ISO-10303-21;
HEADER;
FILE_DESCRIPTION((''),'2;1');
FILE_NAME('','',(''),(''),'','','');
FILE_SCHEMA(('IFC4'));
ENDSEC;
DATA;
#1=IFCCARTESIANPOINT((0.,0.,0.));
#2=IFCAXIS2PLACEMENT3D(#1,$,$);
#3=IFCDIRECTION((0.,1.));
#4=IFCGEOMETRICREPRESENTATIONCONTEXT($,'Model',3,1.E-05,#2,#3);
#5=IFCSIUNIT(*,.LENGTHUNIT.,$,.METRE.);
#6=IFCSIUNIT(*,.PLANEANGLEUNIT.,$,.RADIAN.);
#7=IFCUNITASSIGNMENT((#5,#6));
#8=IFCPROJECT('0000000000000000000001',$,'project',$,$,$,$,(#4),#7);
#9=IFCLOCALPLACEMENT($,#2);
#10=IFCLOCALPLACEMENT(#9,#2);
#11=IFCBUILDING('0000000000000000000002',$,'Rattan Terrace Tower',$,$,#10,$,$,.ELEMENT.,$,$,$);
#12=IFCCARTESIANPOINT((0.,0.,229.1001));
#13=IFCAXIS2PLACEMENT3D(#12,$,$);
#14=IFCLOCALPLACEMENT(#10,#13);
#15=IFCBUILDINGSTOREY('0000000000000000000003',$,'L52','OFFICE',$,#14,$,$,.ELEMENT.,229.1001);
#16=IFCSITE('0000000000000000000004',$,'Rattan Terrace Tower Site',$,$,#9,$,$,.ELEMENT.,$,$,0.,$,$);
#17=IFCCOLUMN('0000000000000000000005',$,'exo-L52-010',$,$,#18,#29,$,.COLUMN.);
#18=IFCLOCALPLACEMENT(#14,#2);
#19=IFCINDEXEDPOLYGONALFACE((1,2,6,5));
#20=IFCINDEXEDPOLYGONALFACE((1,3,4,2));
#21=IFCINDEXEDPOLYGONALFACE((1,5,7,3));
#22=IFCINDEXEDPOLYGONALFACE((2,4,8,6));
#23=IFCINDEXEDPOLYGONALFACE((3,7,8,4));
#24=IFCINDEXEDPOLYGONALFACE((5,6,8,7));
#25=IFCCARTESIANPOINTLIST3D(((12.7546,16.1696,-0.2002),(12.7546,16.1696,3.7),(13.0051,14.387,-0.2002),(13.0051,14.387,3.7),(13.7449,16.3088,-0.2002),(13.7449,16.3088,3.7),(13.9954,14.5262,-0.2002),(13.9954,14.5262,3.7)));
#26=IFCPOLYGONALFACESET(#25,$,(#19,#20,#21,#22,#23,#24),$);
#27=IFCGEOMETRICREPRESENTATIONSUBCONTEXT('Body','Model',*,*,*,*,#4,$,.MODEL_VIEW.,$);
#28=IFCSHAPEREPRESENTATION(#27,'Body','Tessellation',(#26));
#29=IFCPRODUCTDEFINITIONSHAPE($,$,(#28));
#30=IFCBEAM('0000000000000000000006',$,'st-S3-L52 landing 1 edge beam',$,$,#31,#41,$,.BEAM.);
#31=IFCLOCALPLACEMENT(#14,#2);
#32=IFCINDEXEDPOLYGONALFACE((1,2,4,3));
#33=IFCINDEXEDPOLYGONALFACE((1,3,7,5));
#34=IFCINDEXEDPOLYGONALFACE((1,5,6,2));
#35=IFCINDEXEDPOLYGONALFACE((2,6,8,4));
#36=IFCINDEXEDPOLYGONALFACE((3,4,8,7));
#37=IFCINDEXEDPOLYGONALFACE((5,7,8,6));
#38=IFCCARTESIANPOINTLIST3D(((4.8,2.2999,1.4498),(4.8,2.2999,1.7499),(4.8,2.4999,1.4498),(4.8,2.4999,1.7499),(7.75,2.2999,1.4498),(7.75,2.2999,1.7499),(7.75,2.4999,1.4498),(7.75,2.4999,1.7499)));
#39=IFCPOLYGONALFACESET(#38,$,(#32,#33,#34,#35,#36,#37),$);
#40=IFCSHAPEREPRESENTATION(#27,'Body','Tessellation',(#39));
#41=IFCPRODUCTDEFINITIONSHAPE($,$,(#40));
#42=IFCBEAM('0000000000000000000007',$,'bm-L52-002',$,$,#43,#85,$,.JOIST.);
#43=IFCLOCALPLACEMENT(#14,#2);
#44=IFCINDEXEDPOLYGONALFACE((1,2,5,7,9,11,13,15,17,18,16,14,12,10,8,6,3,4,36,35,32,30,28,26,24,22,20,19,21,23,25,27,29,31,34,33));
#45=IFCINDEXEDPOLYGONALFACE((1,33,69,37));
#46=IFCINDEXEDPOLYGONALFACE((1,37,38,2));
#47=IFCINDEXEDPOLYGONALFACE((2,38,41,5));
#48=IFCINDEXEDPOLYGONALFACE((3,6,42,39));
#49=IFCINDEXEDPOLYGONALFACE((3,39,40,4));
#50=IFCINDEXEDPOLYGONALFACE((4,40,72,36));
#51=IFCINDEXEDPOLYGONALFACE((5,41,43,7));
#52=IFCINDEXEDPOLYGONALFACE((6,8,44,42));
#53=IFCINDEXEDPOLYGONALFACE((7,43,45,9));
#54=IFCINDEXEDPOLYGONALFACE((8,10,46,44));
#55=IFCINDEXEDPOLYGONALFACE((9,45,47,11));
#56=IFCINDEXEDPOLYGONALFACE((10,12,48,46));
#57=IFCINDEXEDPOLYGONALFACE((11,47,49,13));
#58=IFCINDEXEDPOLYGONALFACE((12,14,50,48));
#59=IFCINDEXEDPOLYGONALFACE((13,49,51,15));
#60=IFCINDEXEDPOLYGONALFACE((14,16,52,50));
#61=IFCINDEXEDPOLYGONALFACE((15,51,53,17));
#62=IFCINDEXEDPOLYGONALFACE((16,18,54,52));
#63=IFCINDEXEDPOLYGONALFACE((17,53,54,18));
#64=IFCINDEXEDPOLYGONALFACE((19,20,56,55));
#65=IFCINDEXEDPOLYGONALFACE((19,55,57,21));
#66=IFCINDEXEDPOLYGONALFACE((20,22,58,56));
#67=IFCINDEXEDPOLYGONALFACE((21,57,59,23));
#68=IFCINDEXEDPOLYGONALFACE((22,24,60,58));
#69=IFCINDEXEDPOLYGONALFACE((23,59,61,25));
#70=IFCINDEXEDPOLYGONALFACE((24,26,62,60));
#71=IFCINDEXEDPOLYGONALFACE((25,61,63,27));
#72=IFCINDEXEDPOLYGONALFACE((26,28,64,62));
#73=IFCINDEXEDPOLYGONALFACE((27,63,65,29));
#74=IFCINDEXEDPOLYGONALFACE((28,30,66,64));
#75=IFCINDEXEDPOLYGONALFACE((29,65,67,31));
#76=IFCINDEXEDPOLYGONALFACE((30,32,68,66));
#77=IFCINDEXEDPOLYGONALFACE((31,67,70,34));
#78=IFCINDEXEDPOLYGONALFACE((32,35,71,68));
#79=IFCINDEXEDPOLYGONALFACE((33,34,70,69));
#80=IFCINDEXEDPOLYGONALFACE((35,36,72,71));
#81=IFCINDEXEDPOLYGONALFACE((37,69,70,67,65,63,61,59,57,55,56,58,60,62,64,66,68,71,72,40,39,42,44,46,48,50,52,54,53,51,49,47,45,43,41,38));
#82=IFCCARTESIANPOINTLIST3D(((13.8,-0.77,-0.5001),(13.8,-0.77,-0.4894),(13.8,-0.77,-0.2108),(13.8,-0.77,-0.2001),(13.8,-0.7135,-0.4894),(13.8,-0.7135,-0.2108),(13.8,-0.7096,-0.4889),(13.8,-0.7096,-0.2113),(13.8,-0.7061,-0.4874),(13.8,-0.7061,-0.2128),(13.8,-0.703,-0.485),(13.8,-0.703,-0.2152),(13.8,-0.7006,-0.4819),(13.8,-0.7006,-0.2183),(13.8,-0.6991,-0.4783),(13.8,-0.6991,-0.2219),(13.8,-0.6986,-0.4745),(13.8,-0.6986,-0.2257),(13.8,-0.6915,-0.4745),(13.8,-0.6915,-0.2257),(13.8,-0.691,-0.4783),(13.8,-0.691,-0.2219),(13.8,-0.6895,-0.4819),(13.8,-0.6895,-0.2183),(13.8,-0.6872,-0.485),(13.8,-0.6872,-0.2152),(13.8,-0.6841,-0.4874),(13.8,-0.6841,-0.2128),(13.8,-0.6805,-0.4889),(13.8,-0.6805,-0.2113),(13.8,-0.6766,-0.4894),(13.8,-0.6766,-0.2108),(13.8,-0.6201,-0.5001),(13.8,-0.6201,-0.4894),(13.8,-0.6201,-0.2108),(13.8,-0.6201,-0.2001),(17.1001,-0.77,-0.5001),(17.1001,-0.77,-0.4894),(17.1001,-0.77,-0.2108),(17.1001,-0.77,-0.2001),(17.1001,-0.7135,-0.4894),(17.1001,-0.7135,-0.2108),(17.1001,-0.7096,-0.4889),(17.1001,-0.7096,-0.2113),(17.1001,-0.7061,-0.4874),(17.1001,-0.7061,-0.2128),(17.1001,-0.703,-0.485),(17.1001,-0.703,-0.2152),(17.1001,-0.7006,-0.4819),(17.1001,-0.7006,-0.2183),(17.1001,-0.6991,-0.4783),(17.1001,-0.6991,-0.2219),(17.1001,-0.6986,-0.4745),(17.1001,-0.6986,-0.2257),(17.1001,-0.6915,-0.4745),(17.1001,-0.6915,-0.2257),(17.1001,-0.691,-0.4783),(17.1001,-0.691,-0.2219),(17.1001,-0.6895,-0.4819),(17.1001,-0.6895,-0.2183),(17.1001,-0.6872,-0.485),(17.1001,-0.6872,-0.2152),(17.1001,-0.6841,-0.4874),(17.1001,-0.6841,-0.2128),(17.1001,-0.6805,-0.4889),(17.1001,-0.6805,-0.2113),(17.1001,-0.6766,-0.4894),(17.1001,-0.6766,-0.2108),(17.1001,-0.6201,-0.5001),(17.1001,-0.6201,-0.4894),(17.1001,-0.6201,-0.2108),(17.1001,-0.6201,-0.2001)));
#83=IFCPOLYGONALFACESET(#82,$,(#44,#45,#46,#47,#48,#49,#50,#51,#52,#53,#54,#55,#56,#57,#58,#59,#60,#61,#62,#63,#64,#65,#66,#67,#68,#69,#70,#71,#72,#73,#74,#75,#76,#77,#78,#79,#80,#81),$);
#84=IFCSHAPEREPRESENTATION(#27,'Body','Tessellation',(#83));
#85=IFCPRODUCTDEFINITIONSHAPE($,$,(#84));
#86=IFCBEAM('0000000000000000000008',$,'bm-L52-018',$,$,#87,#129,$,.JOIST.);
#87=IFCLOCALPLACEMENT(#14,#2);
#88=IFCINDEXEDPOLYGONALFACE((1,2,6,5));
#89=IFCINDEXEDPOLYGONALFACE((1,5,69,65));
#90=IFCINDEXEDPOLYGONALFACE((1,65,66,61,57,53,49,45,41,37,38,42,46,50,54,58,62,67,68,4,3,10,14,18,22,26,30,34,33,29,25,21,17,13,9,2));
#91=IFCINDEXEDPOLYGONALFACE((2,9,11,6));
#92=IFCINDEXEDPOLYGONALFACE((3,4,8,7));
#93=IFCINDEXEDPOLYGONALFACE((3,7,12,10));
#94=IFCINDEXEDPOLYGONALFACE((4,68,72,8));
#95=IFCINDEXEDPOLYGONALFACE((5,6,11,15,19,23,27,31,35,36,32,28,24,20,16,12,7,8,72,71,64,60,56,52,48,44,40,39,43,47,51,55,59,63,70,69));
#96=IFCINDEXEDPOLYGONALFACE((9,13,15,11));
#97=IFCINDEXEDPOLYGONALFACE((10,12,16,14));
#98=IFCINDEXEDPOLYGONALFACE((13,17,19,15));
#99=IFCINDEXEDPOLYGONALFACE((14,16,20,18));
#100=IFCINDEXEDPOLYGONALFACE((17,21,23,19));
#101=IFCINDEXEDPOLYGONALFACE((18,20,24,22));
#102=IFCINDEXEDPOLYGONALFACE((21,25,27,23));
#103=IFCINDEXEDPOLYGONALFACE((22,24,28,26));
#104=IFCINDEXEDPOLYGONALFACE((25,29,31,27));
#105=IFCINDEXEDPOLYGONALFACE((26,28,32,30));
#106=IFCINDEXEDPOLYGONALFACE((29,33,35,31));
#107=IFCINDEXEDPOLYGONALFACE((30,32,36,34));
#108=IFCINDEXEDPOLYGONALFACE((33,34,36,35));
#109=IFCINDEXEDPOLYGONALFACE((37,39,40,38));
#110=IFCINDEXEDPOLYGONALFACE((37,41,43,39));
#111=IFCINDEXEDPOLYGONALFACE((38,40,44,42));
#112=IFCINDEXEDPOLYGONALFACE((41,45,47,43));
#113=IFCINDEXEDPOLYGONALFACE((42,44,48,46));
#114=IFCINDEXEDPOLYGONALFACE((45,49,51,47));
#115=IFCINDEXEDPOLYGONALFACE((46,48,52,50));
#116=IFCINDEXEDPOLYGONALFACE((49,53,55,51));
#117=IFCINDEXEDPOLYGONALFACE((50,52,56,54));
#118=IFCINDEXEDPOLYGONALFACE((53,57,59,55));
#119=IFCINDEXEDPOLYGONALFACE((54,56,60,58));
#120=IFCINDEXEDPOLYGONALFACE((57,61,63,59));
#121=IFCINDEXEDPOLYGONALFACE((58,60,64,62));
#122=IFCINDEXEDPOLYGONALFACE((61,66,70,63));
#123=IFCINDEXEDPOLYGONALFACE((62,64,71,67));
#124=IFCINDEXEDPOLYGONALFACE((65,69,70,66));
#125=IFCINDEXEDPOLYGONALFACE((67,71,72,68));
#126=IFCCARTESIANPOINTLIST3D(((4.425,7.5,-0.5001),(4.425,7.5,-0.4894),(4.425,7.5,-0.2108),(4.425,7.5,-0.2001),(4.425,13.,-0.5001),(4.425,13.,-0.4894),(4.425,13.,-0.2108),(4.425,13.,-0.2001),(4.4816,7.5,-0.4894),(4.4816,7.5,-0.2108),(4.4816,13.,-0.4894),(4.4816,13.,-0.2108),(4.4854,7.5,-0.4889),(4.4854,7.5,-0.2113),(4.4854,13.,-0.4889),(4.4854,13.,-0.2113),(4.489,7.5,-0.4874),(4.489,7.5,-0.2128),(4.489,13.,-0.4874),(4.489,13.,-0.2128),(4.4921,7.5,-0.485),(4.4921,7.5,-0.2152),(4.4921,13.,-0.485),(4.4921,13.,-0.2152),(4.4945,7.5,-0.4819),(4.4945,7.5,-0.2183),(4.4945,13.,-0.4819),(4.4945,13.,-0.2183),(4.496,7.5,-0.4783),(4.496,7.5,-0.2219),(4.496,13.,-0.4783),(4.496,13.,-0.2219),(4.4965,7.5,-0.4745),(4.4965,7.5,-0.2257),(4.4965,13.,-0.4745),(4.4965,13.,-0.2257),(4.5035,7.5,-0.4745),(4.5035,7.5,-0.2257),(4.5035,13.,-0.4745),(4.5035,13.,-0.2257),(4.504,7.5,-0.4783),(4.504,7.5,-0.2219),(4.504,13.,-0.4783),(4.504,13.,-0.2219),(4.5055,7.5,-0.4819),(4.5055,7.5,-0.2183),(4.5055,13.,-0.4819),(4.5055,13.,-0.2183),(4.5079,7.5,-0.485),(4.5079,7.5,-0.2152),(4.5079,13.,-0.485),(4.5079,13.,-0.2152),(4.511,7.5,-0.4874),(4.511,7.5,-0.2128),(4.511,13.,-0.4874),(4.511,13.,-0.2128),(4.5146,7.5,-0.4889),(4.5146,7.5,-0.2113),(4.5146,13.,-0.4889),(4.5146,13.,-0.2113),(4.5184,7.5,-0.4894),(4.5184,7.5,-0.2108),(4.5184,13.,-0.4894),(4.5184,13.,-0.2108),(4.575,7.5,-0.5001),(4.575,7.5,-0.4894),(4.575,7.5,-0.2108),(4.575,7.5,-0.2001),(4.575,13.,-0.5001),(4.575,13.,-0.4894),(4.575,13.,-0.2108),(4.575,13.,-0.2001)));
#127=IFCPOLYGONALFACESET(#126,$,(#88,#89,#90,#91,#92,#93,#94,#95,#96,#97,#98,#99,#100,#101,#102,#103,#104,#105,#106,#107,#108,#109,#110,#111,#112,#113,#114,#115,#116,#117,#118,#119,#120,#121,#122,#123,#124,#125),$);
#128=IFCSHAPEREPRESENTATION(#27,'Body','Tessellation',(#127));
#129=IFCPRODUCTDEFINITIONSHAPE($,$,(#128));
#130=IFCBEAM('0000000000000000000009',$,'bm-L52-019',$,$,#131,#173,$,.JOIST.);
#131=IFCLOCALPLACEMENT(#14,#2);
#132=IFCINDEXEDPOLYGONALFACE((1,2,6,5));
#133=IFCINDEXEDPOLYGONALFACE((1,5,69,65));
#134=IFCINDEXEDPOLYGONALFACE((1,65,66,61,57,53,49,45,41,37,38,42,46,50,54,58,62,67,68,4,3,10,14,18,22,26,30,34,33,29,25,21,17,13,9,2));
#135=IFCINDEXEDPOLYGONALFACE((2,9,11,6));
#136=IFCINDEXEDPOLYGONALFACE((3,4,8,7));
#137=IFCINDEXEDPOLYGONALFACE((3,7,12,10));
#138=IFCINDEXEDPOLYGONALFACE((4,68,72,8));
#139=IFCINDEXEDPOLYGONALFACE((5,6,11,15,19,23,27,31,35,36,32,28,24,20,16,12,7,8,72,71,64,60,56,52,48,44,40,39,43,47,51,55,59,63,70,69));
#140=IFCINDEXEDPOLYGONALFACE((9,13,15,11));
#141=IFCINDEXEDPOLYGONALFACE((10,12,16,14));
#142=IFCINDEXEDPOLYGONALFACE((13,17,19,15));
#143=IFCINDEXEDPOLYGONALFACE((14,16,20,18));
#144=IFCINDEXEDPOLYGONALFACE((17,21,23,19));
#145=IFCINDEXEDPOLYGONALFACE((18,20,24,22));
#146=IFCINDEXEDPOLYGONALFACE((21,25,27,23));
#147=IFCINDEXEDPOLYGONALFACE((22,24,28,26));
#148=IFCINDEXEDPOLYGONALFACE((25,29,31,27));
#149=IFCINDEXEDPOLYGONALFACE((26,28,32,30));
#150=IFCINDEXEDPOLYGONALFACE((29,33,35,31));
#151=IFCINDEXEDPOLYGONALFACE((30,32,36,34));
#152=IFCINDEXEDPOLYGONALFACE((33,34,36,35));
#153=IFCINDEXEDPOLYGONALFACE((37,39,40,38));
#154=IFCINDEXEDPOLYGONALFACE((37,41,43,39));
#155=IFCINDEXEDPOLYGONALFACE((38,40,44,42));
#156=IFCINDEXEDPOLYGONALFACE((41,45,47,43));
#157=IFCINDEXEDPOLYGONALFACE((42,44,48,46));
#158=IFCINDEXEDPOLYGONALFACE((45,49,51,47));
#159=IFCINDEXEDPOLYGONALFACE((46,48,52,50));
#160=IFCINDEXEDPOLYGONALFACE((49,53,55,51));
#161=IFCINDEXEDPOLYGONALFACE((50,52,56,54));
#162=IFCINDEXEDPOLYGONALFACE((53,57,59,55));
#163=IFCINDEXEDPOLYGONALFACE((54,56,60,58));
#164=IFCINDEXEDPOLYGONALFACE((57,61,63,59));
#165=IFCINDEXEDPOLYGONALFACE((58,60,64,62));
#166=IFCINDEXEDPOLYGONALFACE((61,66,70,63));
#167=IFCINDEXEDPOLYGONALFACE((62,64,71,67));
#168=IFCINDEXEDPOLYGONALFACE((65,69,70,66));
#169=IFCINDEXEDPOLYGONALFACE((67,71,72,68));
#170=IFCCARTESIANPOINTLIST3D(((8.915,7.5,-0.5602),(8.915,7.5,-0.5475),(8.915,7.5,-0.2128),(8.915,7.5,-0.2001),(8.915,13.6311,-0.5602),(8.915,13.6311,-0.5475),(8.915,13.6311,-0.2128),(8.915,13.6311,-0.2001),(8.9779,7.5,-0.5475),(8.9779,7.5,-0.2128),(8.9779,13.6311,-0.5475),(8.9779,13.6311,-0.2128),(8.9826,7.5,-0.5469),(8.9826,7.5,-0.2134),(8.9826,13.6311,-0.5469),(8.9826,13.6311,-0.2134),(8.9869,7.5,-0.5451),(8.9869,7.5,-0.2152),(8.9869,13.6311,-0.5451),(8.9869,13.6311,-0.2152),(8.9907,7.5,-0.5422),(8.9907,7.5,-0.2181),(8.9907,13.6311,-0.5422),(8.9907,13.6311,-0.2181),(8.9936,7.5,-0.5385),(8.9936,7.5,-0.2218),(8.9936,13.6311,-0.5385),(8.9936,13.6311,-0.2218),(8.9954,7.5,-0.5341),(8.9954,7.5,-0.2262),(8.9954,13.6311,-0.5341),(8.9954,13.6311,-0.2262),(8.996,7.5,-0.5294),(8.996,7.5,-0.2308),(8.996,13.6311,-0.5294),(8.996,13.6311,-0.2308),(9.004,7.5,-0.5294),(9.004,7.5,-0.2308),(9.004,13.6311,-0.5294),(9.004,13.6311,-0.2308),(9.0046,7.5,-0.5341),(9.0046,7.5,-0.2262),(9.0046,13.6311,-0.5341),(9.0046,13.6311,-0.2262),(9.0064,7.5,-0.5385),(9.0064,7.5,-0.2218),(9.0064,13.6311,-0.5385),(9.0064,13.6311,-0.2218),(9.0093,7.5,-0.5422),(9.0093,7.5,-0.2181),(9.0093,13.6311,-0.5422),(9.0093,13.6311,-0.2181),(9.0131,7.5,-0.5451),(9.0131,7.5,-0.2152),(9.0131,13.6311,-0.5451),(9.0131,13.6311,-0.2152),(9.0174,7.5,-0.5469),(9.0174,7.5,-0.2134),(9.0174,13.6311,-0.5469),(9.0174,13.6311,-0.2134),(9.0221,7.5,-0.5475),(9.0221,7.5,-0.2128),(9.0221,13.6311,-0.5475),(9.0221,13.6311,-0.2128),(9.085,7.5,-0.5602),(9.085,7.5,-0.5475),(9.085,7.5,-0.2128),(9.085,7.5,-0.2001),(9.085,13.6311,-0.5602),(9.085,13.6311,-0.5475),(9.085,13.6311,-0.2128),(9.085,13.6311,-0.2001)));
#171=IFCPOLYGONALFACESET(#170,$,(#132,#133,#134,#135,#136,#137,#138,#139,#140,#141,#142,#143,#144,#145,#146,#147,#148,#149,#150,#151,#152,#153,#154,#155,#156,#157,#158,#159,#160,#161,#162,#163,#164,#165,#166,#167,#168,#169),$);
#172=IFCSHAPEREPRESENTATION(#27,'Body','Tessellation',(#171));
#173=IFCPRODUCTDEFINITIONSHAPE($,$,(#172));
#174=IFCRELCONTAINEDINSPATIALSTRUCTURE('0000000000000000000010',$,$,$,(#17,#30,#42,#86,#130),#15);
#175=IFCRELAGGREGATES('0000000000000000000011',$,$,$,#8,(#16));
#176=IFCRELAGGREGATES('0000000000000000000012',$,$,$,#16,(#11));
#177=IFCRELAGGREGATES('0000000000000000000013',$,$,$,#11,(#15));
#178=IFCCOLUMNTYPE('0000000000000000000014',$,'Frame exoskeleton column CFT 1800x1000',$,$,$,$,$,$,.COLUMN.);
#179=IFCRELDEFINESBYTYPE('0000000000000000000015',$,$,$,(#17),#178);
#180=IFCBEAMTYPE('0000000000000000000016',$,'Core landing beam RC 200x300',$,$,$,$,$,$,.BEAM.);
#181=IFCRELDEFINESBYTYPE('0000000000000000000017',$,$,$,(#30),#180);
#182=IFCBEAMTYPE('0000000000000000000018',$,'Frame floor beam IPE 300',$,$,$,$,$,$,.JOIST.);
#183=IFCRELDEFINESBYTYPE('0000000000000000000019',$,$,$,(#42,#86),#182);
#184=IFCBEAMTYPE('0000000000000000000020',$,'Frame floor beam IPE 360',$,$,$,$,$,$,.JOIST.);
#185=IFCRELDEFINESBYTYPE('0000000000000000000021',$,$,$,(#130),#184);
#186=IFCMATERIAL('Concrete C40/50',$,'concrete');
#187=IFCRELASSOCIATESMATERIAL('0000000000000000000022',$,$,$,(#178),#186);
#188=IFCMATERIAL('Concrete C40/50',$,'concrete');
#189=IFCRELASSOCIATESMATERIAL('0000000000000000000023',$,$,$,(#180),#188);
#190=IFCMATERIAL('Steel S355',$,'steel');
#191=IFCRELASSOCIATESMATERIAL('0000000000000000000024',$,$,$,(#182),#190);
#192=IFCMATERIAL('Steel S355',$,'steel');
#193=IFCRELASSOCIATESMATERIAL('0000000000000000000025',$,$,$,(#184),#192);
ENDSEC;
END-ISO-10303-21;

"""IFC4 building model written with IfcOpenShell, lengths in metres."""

from ifc_helpers import new_model, si_unit, direction, frame, origin, origin_2d, place, context, subcontext, project, spatial, rectangle, i_section, extrude, material, material_profile, profile_set, type_object, element, save


model = new_model("IFC4")

# Units and contexts
model_context = context("Model", 3, precision=1e-05, world=origin(), true_north=direction((0.0, 1.0)))
body_context = subcontext(model_context, "Body", "Model", "MODEL_VIEW")
ifc_project = project(units=[si_unit("LENGTHUNIT", "METRE"), si_unit("PLANEANGLEUNIT", "RADIAN")], contexts=[model_context])

# Site, building, storey
site_placement = place(None, origin())
site = spatial("IfcSite", under=ifc_project, at=site_placement, Name="Rattan Terrace Tower Site", CompositionType="ELEMENT", RefElevation=0.0)
building_placement = place(site_placement, origin())
building = spatial("IfcBuilding", under=site, at=building_placement, Name="Rattan Terrace Tower", CompositionType="ELEMENT")
storey_placement = place(building_placement, frame((0.0, 0.0, 229.1001)))
storey = spatial("IfcBuildingStorey", under=building, at=storey_placement, Name="L52", Description="OFFICE", CompositionType="ELEMENT", Elevation=229.1001)

# Column
ifc_material_1 = material(Name="Concrete C40/50", Category="concrete")
ifc_material_profile_1 = material_profile(ifc_material_1, rectangle(XDim=1.0, YDim=1.8, at=origin_2d()), Name="CFT 1800x1000")
ifc_profile_set_1 = profile_set([ifc_material_profile_1], Name="Concrete C40/50")
column_type = type_object("IfcColumnType", Name="Frame exoskeleton column CFT 1800x1000", PredefinedType="COLUMN", material=ifc_profile_set_1)
column_placement = place(storey_placement, frame((13.375, 15.3479, -0.2002), z_axis=(0.0, 0.0, 1.0), x_axis=(0.990268, 0.139173, 0.0)))
element("IfcColumn", 1, at=column_placement, inside=storey, type_object=column_type, Name="exo-L52-010", PredefinedType="COLUMN", context=body_context, shape_type="SweptSolid", body=[
    extrude(rectangle(XDim=1.0, YDim=1.8, at=origin_2d()), origin(), (0.0, 0.0, 1.0), 3.9001),
])

# Beams
ifc_material_2 = material(Name="Concrete C40/50", Category="concrete")
ifc_material_profile_2 = material_profile(ifc_material_2, rectangle(XDim=0.2, YDim=0.3, at=origin_2d()), Name="RC 200x300")
ifc_profile_set_2 = profile_set([ifc_material_profile_2], Name="Concrete C40/50")
beam_type_1 = type_object("IfcBeamType", Name="Core landing beam RC 200x300", PredefinedType="BEAM", material=ifc_profile_set_2)
beam_1_placement = place(storey_placement, frame((4.8, 2.3999, 1.5999), z_axis=(1.0, 0.0, 0.0), x_axis=(0.0, 1.0, 0.0)))
element("IfcBeam", 2, at=beam_1_placement, inside=storey, type_object=beam_type_1, Name="st-S3-L52 landing 1 edge beam", PredefinedType="BEAM", context=body_context, shape_type="SweptSolid", body=[
    extrude(rectangle(XDim=0.2, YDim=0.3, at=origin_2d()), origin(), (0.0, 0.0, 1.0), 2.95),
])
ifc_material_3 = material(Name="Steel S355", Category="steel")
ifc_material_profile_3 = material_profile(ifc_material_3, i_section(OverallWidth=0.1499, OverallDepth=0.3, WebThickness=0.0071, FlangeThickness=0.0107, FilletRadius=0.0149, at=origin_2d()), Name="IPE 300")
ifc_profile_set_3 = profile_set([ifc_material_profile_3], Name="Steel S355")
beam_type_2 = type_object("IfcBeamType", Name="Frame floor beam IPE 300", PredefinedType="JOIST", material=ifc_profile_set_3)
beam_2_placement = place(storey_placement, frame((13.8, -0.6951, -0.3501), z_axis=(1.0, 0.0, 0.0), x_axis=(0.0, 1.0, 0.0)))
element("IfcBeam", 3, at=beam_2_placement, inside=storey, type_object=beam_type_2, Name="bm-L52-002", PredefinedType="JOIST", context=body_context, shape_type="SweptSolid", body=[
    extrude(i_section(OverallWidth=0.1499, OverallDepth=0.3, WebThickness=0.0071, FlangeThickness=0.0107, FilletRadius=0.0149, at=origin_2d()), origin(), (0.0, 0.0, 1.0), 3.3),
])
beam_3_placement = place(storey_placement, frame((4.5, 7.5, -0.3501), z_axis=(0.0, 1.0, 0.0), x_axis=(-1.0, 0.0, 0.0)))
element("IfcBeam", 4, at=beam_3_placement, inside=storey, type_object=beam_type_2, Name="bm-L52-018", PredefinedType="JOIST", context=body_context, shape_type="SweptSolid", body=[
    extrude(i_section(OverallWidth=0.1499, OverallDepth=0.3, WebThickness=0.0071, FlangeThickness=0.0107, FilletRadius=0.0149, at=origin_2d()), origin(), (0.0, 0.0, 1.0), 5.5),
])
ifc_material_4 = material(Name="Steel S355", Category="steel")
ifc_material_profile_4 = material_profile(ifc_material_4, i_section(OverallWidth=0.1699, OverallDepth=0.3601, WebThickness=0.0081, FlangeThickness=0.0127, FilletRadius=0.0181, at=origin_2d()), Name="IPE 360")
ifc_profile_set_4 = profile_set([ifc_material_profile_4], Name="Steel S355")
beam_type_3 = type_object("IfcBeamType", Name="Frame floor beam IPE 360", PredefinedType="JOIST", material=ifc_profile_set_4)
beam_4_placement = place(storey_placement, frame((9.0, 7.5, -0.3801), z_axis=(0.0, 1.0, 0.0), x_axis=(-1.0, 0.0, 0.0)))
element("IfcBeam", 5, at=beam_4_placement, inside=storey, type_object=beam_type_3, Name="bm-L52-019", PredefinedType="JOIST", context=body_context, shape_type="SweptSolid", body=[
    extrude(i_section(OverallWidth=0.1699, OverallDepth=0.3601, WebThickness=0.0081, FlangeThickness=0.0127, FilletRadius=0.0181, at=origin_2d()), origin(), (0.0, 0.0, 1.0), 6.1311),
])

save(model, "model.ifc")
